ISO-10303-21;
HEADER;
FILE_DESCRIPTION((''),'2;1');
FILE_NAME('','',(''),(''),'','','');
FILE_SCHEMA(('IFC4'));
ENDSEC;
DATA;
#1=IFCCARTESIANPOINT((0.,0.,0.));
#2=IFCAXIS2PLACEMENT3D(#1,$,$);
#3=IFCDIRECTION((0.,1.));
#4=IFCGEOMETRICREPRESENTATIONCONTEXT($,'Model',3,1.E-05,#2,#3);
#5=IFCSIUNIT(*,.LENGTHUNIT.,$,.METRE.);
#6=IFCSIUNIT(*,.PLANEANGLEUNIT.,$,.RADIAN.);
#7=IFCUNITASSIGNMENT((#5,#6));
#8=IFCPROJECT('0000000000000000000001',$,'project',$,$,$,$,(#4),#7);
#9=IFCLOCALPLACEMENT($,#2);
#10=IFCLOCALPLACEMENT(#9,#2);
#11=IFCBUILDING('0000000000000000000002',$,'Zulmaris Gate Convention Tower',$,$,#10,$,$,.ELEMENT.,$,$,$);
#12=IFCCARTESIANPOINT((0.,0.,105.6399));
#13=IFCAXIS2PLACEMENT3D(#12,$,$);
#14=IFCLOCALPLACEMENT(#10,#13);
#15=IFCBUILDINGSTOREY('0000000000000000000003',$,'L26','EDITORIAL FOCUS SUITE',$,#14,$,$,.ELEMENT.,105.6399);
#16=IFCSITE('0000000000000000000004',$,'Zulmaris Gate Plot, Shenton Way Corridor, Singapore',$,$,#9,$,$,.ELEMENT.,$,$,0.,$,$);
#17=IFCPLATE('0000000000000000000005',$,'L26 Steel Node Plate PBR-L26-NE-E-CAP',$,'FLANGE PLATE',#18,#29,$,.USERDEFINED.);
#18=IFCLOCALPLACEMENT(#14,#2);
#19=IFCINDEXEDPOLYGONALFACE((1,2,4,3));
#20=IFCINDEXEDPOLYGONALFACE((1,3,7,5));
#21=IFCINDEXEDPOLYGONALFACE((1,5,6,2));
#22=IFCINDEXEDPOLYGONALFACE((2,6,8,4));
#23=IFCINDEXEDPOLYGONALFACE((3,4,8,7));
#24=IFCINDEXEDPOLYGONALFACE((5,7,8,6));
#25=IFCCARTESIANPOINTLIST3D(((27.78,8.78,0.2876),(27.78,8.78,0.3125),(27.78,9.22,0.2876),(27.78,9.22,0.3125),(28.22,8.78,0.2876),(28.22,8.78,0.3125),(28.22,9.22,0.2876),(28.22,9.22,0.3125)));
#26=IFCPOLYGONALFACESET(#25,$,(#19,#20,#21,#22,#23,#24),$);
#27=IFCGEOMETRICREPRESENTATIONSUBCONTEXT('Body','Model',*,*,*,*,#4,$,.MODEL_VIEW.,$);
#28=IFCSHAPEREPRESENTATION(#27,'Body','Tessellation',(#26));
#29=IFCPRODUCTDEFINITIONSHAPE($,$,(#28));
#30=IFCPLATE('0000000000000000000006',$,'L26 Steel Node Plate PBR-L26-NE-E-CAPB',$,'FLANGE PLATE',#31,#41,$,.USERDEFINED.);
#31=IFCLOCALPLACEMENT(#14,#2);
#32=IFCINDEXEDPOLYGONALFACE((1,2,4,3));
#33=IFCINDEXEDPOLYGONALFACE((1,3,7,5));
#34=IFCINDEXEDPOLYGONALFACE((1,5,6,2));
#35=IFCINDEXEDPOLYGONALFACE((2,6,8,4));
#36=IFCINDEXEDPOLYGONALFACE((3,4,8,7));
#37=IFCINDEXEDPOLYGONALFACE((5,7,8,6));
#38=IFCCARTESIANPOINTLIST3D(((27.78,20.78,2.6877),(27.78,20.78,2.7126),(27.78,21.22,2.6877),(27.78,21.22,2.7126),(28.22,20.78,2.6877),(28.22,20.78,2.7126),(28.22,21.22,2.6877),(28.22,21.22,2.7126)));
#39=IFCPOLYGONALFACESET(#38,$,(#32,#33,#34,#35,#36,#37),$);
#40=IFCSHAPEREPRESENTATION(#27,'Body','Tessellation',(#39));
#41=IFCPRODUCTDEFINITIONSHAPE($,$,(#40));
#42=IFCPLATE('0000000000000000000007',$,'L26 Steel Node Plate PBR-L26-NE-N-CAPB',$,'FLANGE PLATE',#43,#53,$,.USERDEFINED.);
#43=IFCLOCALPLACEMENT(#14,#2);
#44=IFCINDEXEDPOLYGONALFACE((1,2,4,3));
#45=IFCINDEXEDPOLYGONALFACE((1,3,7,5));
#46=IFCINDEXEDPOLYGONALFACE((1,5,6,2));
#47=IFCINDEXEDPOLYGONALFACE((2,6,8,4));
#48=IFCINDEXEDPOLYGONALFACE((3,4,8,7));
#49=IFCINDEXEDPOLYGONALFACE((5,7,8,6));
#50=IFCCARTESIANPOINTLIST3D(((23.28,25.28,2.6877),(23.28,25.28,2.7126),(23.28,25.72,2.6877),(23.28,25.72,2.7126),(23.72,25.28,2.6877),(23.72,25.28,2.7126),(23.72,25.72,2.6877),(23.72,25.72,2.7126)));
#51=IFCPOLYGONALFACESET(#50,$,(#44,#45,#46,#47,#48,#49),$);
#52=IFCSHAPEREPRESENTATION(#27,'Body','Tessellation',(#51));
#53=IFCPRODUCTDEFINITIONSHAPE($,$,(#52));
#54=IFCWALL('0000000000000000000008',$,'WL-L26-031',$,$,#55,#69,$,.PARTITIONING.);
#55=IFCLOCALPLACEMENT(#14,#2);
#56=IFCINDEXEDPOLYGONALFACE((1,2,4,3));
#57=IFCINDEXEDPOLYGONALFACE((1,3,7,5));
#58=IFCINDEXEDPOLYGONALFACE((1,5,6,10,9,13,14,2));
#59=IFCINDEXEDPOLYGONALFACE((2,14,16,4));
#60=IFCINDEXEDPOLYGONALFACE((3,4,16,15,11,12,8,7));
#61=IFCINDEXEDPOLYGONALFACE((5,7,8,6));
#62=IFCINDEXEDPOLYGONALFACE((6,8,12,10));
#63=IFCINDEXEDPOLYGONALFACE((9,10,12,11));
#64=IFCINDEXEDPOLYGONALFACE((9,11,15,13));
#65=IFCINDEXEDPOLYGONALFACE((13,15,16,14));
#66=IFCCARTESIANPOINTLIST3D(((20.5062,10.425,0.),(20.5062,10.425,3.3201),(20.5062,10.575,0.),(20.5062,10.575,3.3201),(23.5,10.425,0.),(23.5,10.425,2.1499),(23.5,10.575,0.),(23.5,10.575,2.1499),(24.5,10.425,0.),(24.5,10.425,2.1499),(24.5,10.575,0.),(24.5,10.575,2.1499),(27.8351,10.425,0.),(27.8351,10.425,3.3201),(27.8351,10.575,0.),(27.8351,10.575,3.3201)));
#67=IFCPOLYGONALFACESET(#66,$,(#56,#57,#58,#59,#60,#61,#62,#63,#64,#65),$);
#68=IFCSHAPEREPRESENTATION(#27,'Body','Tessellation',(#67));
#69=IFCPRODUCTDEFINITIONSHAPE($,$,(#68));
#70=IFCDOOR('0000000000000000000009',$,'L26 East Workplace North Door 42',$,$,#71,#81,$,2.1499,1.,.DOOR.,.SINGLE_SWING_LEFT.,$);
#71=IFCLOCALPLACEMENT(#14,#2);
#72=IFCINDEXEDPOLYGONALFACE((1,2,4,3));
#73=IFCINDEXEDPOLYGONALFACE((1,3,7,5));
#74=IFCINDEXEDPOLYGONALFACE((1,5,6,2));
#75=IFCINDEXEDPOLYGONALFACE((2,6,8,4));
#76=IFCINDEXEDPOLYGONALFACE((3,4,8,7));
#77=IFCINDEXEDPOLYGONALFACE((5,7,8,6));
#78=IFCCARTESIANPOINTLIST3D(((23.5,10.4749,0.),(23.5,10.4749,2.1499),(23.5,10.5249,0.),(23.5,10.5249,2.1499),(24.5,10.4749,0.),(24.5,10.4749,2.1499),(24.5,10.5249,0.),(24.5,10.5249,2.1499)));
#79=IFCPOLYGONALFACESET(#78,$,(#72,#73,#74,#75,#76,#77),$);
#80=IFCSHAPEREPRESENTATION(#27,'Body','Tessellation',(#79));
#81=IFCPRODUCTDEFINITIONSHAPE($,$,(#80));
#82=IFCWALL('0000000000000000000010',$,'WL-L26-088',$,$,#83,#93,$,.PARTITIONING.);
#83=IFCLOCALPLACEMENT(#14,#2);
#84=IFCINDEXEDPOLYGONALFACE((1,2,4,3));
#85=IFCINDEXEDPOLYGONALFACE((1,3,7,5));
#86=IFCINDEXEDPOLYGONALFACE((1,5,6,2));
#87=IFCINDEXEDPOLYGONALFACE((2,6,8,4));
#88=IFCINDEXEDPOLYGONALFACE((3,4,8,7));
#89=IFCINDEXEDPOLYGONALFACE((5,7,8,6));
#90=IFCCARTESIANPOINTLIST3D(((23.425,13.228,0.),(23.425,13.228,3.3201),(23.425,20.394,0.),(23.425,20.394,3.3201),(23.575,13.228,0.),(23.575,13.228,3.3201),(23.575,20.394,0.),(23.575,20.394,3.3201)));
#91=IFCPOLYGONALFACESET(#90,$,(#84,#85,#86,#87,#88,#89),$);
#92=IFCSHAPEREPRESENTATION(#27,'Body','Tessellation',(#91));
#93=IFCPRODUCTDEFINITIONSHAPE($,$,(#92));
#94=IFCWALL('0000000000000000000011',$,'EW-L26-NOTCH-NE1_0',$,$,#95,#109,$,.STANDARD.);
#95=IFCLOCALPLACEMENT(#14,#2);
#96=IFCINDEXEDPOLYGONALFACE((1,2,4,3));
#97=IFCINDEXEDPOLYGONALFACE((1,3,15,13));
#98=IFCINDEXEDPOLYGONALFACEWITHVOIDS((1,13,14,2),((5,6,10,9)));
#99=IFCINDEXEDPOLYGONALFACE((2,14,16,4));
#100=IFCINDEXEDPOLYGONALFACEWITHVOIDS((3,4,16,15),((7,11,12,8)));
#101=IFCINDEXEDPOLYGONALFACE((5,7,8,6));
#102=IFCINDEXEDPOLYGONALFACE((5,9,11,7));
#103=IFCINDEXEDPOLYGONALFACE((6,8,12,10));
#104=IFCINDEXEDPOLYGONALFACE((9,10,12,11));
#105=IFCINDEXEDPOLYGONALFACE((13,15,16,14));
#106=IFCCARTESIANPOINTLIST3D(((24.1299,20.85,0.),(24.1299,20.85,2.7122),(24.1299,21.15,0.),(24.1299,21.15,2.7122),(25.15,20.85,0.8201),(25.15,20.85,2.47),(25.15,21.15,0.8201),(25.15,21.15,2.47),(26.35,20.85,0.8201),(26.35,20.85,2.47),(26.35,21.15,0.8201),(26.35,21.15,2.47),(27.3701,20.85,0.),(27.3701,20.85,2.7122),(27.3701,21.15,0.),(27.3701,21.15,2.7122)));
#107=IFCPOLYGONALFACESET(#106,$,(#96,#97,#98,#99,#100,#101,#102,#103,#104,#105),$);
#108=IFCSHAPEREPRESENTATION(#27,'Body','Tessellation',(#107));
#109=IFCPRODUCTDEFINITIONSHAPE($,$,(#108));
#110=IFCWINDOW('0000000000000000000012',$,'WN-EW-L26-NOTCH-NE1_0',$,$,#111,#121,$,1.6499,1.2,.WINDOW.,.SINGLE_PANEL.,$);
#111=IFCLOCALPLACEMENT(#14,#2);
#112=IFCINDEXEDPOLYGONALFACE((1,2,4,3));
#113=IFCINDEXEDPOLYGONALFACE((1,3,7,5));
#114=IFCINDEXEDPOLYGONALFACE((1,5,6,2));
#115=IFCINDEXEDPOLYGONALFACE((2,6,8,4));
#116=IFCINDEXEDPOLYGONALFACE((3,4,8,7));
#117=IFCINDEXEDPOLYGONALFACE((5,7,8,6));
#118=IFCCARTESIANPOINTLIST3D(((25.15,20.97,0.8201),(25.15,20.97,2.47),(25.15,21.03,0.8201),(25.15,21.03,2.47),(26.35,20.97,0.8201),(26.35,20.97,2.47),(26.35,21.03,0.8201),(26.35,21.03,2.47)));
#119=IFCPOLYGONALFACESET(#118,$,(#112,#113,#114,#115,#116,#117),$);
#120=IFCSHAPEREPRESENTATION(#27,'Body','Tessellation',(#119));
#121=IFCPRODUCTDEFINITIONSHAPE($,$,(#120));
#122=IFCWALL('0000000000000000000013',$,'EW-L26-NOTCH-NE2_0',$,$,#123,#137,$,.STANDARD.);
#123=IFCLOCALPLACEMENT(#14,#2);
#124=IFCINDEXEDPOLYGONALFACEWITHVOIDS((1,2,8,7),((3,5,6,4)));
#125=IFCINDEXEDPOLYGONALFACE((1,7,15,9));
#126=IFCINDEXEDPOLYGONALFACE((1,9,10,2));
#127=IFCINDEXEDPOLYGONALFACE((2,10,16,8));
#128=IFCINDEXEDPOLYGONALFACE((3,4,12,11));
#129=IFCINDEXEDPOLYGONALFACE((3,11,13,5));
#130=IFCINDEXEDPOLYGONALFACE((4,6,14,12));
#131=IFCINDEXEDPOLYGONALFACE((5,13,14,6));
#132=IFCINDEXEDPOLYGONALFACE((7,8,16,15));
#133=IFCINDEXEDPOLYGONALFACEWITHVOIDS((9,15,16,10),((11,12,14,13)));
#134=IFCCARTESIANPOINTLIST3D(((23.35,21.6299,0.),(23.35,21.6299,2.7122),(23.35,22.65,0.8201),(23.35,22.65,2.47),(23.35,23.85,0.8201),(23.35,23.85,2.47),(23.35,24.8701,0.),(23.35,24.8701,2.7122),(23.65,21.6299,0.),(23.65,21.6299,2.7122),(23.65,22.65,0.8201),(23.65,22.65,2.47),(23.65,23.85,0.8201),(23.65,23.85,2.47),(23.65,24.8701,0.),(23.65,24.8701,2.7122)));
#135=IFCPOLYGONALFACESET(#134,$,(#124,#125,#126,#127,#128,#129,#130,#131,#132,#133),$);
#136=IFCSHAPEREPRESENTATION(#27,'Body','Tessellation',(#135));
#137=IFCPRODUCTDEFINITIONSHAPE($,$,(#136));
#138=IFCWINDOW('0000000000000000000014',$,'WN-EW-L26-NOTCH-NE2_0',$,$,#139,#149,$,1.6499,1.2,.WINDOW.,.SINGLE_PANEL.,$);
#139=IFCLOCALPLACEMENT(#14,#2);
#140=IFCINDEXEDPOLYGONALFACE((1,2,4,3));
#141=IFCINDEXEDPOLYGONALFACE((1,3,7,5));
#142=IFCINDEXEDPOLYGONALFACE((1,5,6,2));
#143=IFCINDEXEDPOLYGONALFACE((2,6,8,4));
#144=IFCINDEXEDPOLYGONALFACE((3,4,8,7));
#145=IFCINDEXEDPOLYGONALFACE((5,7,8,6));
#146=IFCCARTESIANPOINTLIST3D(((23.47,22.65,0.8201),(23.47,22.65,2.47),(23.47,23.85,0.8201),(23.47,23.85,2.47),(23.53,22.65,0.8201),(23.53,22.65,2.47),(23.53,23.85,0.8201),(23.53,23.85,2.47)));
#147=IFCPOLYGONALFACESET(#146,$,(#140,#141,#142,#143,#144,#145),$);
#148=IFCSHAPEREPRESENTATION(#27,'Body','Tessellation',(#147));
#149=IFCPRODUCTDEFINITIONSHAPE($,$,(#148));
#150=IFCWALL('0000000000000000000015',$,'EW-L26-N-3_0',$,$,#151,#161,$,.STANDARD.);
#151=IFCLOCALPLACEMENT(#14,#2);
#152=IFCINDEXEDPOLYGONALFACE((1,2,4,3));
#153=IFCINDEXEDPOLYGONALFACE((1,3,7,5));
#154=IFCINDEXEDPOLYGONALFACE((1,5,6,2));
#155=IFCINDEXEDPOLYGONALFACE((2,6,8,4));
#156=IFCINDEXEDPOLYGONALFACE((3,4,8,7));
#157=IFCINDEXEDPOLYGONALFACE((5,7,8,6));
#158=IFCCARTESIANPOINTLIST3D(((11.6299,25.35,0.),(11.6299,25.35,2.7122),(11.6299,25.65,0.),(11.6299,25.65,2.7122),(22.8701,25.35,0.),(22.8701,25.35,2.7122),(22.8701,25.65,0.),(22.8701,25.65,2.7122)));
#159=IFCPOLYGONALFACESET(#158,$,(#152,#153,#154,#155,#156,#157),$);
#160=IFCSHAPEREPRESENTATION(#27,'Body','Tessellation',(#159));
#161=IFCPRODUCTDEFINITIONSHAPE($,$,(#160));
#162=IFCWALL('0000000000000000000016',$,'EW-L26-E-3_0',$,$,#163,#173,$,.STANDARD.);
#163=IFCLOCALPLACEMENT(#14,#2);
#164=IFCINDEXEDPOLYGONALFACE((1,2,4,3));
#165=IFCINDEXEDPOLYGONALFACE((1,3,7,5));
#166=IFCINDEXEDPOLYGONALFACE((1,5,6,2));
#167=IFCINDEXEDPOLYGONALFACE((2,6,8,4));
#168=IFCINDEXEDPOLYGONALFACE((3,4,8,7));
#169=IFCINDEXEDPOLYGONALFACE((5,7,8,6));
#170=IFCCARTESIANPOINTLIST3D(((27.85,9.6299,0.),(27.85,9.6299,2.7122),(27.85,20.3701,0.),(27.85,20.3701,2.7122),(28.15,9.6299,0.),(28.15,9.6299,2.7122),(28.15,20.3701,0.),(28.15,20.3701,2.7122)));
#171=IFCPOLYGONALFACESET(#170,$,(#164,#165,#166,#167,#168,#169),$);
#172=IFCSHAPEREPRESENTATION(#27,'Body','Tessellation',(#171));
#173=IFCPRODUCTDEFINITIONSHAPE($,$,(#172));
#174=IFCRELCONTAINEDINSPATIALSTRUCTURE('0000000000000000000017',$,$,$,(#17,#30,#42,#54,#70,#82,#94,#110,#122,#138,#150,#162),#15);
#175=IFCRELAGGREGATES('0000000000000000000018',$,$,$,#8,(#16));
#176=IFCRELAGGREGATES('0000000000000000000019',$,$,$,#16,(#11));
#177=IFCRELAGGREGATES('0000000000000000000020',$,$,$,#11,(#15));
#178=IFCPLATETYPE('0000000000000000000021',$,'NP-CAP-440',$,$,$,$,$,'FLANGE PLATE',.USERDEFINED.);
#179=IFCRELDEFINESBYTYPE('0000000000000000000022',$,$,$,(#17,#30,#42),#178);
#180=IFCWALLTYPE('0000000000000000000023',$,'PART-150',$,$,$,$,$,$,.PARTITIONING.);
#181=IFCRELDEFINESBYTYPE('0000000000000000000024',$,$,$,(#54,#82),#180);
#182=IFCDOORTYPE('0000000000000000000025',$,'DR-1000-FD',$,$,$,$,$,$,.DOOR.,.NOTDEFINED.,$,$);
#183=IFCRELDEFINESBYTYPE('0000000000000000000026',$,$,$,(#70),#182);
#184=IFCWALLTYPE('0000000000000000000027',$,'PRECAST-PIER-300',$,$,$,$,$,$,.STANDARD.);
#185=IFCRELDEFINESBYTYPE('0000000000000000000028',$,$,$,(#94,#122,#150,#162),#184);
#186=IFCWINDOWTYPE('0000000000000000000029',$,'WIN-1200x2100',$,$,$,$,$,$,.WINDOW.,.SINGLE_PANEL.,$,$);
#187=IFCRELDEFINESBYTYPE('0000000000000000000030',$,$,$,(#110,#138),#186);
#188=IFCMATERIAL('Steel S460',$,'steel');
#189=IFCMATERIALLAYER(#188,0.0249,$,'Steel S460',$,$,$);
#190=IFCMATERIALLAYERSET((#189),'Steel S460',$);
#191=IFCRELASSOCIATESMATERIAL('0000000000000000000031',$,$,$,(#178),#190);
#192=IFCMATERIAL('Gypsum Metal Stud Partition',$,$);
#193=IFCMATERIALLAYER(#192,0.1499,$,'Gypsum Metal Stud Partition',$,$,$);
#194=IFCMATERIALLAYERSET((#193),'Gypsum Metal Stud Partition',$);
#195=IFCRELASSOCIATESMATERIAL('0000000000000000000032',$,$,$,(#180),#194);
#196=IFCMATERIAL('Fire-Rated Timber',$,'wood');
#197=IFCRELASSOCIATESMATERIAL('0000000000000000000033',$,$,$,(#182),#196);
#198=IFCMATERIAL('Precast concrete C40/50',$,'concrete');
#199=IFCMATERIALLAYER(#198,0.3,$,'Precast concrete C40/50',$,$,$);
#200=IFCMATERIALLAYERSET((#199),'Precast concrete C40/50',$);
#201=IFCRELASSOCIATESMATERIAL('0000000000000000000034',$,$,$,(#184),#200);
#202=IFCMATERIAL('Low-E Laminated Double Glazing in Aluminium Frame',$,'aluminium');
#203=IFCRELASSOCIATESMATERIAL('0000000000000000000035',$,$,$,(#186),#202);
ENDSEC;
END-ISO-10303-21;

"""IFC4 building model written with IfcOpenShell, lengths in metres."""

from ifc_helpers import new_model, si_unit, direction, frame, frame_2d, origin, origin_2d, place, context, subcontext, project, spatial, rectangle, extrude, material, layer, layer_set, type_object, element, fill, save


model = new_model("IFC4")

# Units and contexts
model_context = context("Model", 3, precision=1e-05, world=origin(), true_north=direction((0.0, 1.0)))
body_context = subcontext(model_context, "Body", "Model", "MODEL_VIEW")
ifc_project = project(units=[si_unit("LENGTHUNIT", "METRE"), si_unit("PLANEANGLEUNIT", "RADIAN")], contexts=[model_context])

# Site, building, storey
site_placement = place(None, origin())
site = spatial("IfcSite", under=ifc_project, at=site_placement, Name="Zulmaris Gate Plot, Shenton Way Corridor, Singapore", CompositionType="ELEMENT", RefElevation=0.0)
building_placement = place(site_placement, origin())
building = spatial("IfcBuilding", under=site, at=building_placement, Name="Zulmaris Gate Convention Tower", CompositionType="ELEMENT")
storey_placement = place(building_placement, frame((0.0, 0.0, 105.6399)))
storey = spatial("IfcBuildingStorey", under=building, at=storey_placement, Name="L26", Description="EDITORIAL FOCUS SUITE", CompositionType="ELEMENT", Elevation=105.6399)

# Shared definitions
ifc_material_1 = material(Name="Steel S460", Category="steel")

# Plates
ifc_layer_1 = layer(ifc_material_1, 0.0249, Name="Steel S460")
ifc_layer_set_1 = layer_set([ifc_layer_1], Name="Steel S460")
plate_type = type_object("IfcPlateType", Name="NP-CAP-440", ElementType="FLANGE PLATE", PredefinedType="USERDEFINED", material=ifc_layer_set_1)
for number, where, z_axis, x_axis, name in (
    (1, (28.0, 9.0, 0.2876), (0.0, 0.0, 1.0), (1.0, 0.0, 0.0), "L26 Steel Node Plate PBR-L26-NE-E-CAP"),
    (2, (28.0, 21.0, 2.6877), (0.0, 0.0, 1.0), (1.0, 0.0, 0.0), "L26 Steel Node Plate PBR-L26-NE-E-CAPB"),
    (3, (23.5, 25.5, 2.6877), (0.0, 0.0, 1.0), (1.0, 0.0, 0.0), "L26 Steel Node Plate PBR-L26-NE-N-CAPB"),
):
    element("IfcPlate", number, at=place(storey_placement, frame(where, z_axis=z_axis, x_axis=x_axis)), inside=storey, type_object=plate_type, Name=name, ObjectType="FLANGE PLATE", PredefinedType="USERDEFINED", context=body_context, shape_type="SweptSolid", body=[
        extrude(rectangle(XDim=0.4399, YDim=0.4399, at=origin_2d()), origin(), (0.0, 0.0, 1.0), 0.0249),
    ])

# Wall, opening, door
ifc_material_2 = material(Name="Gypsum Metal Stud Partition")
ifc_layer_2 = layer(ifc_material_2, 0.1499, Name="Gypsum Metal Stud Partition")
ifc_layer_set_2 = layer_set([ifc_layer_2], Name="Gypsum Metal Stud Partition")
wall_type_1 = type_object("IfcWallType", Name="PART-150", PredefinedType="PARTITIONING", material=ifc_layer_set_2)
wall_1_placement = place(storey_placement, frame((20.5061, 10.5, 0.0), z_axis=(0.0, 0.0, 1.0), x_axis=(1.0, 0.0, 0.0)))
wall_1 = element("IfcWall", 4, at=wall_1_placement, inside=storey, type_object=wall_type_1, Name="WL-L26-031", PredefinedType="PARTITIONING", context=body_context, shape_type="SweptSolid", body=[
    extrude(rectangle(XDim=7.3289, YDim=0.1499, at=frame_2d((3.6646, 0.0))), origin(), (0.0, 0.0, 1.0), 3.3201),
])
opening_1_placement = place(wall_1_placement, frame((2.9939, 0.0, 0.0)))
opening_1 = element("IfcOpeningElement", 5, at=opening_1_placement, cuts=wall_1, PredefinedType="OPENING", context=body_context, shape_type="SweptSolid", body=[
    extrude(rectangle(XDim=1.0, YDim=2.1499, at=frame_2d((0.5, 1.075))), frame((0.0, 0.085, 0.0), z_axis=(0.0, -1.0, 0.0), x_axis=(1.0, 0.0, 0.0)), (0.0, 0.0, 1.0), 0.1699),
])
ifc_material_3 = material(Name="Fire-Rated Timber", Category="wood")
door_type_1 = type_object("IfcDoorType", Name="DR-1000-FD", OperationType="NOTDEFINED", PredefinedType="DOOR", material=ifc_material_3)
door_1_placement = place(opening_1_placement, origin())
door_1 = element("IfcDoor", 6, at=door_1_placement, inside=storey, type_object=door_type_1, Name="L26 East Workplace North Door 42", OperationType="SINGLE_SWING_LEFT", OverallHeight=2.1499, OverallWidth=1.0, PredefinedType="DOOR", context=body_context, shape_type="SweptSolid", body=[
    extrude(rectangle(XDim=1.0, YDim=2.1499, at=frame_2d((0.5, 1.075))), frame((0.0, 0.0249, 0.0), z_axis=(0.0, -1.0, 0.0), x_axis=(1.0, 0.0, 0.0)), (0.0, 0.0, 1.0), 0.05),
])
fill(opening_1, door_1)

# Wall
wall_2_placement = place(storey_placement, frame((23.5, 13.228, 0.0), z_axis=(0.0, 0.0, 1.0), x_axis=(0.0, 1.0, 0.0)))
element("IfcWall", 7, at=wall_2_placement, inside=storey, type_object=wall_type_1, Name="WL-L26-088", PredefinedType="PARTITIONING", context=body_context, shape_type="SweptSolid", body=[
    extrude(rectangle(XDim=7.166, YDim=0.1499, at=frame_2d((3.583, 0.0))), origin(), (0.0, 0.0, 1.0), 3.3201),
])

# Walls, openings, windows
ifc_material_4 = material(Name="Precast concrete C40/50", Category="concrete")
ifc_layer_3 = layer(ifc_material_4, 0.3, Name="Precast concrete C40/50")
ifc_layer_set_3 = layer_set([ifc_layer_3], Name="Precast concrete C40/50")
wall_type_2 = type_object("IfcWallType", Name="PRECAST-PIER-300", PredefinedType="STANDARD", material=ifc_layer_set_3)
wall_3_placement = place(storey_placement, frame((27.3701, 21.0, 0.0), z_axis=(0.0, 0.0, 1.0), x_axis=(-1.0, 0.0, 0.0)))
wall_3 = element("IfcWall", 8, at=wall_3_placement, inside=storey, type_object=wall_type_2, Name="EW-L26-NOTCH-NE1_0", PredefinedType="STANDARD", context=body_context, shape_type="SweptSolid", body=[
    extrude(rectangle(XDim=3.2402, YDim=0.3, at=frame_2d((1.6201, 0.0))), origin(), (0.0, 0.0, 1.0), 2.7122),
])
opening_2_placement = place(wall_3_placement, frame((1.02, 0.0, 0.8201)))
opening_2 = element("IfcOpeningElement", 9, at=opening_2_placement, cuts=wall_3, PredefinedType="OPENING", context=body_context, shape_type="SweptSolid", body=[
    extrude(rectangle(XDim=1.2, YDim=1.6499, at=frame_2d((0.6001, 0.825))), frame((0.0, 0.1602, 0.0), z_axis=(0.0, -1.0, 0.0), x_axis=(1.0, 0.0, 0.0)), (0.0, 0.0, 1.0), 0.3201),
])
ifc_material_5 = material(Name="Low-E Laminated Double Glazing in Aluminium Frame", Category="aluminium")
window_type = type_object("IfcWindowType", Name="WIN-1200x2100", PartitioningType="SINGLE_PANEL", PredefinedType="WINDOW", material=ifc_material_5)
window_1_placement = place(opening_2_placement, origin())
window_1 = element("IfcWindow", 10, at=window_1_placement, inside=storey, type_object=window_type, Name="WN-EW-L26-NOTCH-NE1_0", OverallHeight=1.6499, OverallWidth=1.2, PartitioningType="SINGLE_PANEL", PredefinedType="WINDOW", context=body_context, shape_type="SweptSolid", body=[
    extrude(rectangle(XDim=1.2, YDim=1.6499, at=frame_2d((0.6001, 0.825))), frame((0.0, 0.03, 0.0), z_axis=(0.0, -1.0, 0.0), x_axis=(1.0, 0.0, 0.0)), (0.0, 0.0, 1.0), 0.0601),
])
fill(opening_2, window_1)
wall_4_placement = place(storey_placement, frame((23.5, 21.6299, 0.0), z_axis=(0.0, 0.0, 1.0), x_axis=(0.0, 1.0, 0.0)))
wall_4 = element("IfcWall", 11, at=wall_4_placement, inside=storey, type_object=wall_type_2, Name="EW-L26-NOTCH-NE2_0", PredefinedType="STANDARD", context=body_context, shape_type="SweptSolid", body=[
    extrude(rectangle(XDim=3.2402, YDim=0.3, at=frame_2d((1.6201, 0.0))), origin(), (0.0, 0.0, 1.0), 2.7122),
])
opening_3_placement = place(wall_4_placement, frame((1.02, 0.0, 0.8201)))
opening_3 = element("IfcOpeningElement", 12, at=opening_3_placement, cuts=wall_4, PredefinedType="OPENING", context=body_context, shape_type="SweptSolid", body=[
    extrude(rectangle(XDim=1.2, YDim=1.6499, at=frame_2d((0.6001, 0.825))), frame((0.0, 0.1602, 0.0), z_axis=(0.0, -1.0, 0.0), x_axis=(1.0, 0.0, 0.0)), (0.0, 0.0, 1.0), 0.3201),
])
window_2_placement = place(opening_3_placement, origin())
window_2 = element("IfcWindow", 13, at=window_2_placement, inside=storey, type_object=window_type, Name="WN-EW-L26-NOTCH-NE2_0", OverallHeight=1.6499, OverallWidth=1.2, PartitioningType="SINGLE_PANEL", PredefinedType="WINDOW", context=body_context, shape_type="SweptSolid", body=[
    extrude(rectangle(XDim=1.2, YDim=1.6499, at=frame_2d((0.6001, 0.825))), frame((0.0, 0.03, 0.0), z_axis=(0.0, -1.0, 0.0), x_axis=(1.0, 0.0, 0.0)), (0.0, 0.0, 1.0), 0.0601),
])
fill(opening_3, window_2)

# Walls
wall_5_placement = place(storey_placement, frame((22.8701, 25.5, 0.0), z_axis=(0.0, 0.0, 1.0), x_axis=(-1.0, 0.0, 0.0)))
element("IfcWall", 14, at=wall_5_placement, inside=storey, type_object=wall_type_2, Name="EW-L26-N-3_0", PredefinedType="STANDARD", context=body_context, shape_type="SweptSolid", body=[
    extrude(rectangle(XDim=11.2402, YDim=0.3, at=frame_2d((5.6201, 0.0))), origin(), (0.0, 0.0, 1.0), 2.7122),
])
wall_6_placement = place(storey_placement, frame((28.0, 9.6299, 0.0), z_axis=(0.0, 0.0, 1.0), x_axis=(0.0, 1.0, 0.0)))
element("IfcWall", 15, at=wall_6_placement, inside=storey, type_object=wall_type_2, Name="EW-L26-E-3_0", PredefinedType="STANDARD", context=body_context, shape_type="SweptSolid", body=[
    extrude(rectangle(XDim=10.7402, YDim=0.3, at=frame_2d((5.3701, 0.0))), origin(), (0.0, 0.0, 1.0), 2.7122),
])

save(model, "model.ifc")
